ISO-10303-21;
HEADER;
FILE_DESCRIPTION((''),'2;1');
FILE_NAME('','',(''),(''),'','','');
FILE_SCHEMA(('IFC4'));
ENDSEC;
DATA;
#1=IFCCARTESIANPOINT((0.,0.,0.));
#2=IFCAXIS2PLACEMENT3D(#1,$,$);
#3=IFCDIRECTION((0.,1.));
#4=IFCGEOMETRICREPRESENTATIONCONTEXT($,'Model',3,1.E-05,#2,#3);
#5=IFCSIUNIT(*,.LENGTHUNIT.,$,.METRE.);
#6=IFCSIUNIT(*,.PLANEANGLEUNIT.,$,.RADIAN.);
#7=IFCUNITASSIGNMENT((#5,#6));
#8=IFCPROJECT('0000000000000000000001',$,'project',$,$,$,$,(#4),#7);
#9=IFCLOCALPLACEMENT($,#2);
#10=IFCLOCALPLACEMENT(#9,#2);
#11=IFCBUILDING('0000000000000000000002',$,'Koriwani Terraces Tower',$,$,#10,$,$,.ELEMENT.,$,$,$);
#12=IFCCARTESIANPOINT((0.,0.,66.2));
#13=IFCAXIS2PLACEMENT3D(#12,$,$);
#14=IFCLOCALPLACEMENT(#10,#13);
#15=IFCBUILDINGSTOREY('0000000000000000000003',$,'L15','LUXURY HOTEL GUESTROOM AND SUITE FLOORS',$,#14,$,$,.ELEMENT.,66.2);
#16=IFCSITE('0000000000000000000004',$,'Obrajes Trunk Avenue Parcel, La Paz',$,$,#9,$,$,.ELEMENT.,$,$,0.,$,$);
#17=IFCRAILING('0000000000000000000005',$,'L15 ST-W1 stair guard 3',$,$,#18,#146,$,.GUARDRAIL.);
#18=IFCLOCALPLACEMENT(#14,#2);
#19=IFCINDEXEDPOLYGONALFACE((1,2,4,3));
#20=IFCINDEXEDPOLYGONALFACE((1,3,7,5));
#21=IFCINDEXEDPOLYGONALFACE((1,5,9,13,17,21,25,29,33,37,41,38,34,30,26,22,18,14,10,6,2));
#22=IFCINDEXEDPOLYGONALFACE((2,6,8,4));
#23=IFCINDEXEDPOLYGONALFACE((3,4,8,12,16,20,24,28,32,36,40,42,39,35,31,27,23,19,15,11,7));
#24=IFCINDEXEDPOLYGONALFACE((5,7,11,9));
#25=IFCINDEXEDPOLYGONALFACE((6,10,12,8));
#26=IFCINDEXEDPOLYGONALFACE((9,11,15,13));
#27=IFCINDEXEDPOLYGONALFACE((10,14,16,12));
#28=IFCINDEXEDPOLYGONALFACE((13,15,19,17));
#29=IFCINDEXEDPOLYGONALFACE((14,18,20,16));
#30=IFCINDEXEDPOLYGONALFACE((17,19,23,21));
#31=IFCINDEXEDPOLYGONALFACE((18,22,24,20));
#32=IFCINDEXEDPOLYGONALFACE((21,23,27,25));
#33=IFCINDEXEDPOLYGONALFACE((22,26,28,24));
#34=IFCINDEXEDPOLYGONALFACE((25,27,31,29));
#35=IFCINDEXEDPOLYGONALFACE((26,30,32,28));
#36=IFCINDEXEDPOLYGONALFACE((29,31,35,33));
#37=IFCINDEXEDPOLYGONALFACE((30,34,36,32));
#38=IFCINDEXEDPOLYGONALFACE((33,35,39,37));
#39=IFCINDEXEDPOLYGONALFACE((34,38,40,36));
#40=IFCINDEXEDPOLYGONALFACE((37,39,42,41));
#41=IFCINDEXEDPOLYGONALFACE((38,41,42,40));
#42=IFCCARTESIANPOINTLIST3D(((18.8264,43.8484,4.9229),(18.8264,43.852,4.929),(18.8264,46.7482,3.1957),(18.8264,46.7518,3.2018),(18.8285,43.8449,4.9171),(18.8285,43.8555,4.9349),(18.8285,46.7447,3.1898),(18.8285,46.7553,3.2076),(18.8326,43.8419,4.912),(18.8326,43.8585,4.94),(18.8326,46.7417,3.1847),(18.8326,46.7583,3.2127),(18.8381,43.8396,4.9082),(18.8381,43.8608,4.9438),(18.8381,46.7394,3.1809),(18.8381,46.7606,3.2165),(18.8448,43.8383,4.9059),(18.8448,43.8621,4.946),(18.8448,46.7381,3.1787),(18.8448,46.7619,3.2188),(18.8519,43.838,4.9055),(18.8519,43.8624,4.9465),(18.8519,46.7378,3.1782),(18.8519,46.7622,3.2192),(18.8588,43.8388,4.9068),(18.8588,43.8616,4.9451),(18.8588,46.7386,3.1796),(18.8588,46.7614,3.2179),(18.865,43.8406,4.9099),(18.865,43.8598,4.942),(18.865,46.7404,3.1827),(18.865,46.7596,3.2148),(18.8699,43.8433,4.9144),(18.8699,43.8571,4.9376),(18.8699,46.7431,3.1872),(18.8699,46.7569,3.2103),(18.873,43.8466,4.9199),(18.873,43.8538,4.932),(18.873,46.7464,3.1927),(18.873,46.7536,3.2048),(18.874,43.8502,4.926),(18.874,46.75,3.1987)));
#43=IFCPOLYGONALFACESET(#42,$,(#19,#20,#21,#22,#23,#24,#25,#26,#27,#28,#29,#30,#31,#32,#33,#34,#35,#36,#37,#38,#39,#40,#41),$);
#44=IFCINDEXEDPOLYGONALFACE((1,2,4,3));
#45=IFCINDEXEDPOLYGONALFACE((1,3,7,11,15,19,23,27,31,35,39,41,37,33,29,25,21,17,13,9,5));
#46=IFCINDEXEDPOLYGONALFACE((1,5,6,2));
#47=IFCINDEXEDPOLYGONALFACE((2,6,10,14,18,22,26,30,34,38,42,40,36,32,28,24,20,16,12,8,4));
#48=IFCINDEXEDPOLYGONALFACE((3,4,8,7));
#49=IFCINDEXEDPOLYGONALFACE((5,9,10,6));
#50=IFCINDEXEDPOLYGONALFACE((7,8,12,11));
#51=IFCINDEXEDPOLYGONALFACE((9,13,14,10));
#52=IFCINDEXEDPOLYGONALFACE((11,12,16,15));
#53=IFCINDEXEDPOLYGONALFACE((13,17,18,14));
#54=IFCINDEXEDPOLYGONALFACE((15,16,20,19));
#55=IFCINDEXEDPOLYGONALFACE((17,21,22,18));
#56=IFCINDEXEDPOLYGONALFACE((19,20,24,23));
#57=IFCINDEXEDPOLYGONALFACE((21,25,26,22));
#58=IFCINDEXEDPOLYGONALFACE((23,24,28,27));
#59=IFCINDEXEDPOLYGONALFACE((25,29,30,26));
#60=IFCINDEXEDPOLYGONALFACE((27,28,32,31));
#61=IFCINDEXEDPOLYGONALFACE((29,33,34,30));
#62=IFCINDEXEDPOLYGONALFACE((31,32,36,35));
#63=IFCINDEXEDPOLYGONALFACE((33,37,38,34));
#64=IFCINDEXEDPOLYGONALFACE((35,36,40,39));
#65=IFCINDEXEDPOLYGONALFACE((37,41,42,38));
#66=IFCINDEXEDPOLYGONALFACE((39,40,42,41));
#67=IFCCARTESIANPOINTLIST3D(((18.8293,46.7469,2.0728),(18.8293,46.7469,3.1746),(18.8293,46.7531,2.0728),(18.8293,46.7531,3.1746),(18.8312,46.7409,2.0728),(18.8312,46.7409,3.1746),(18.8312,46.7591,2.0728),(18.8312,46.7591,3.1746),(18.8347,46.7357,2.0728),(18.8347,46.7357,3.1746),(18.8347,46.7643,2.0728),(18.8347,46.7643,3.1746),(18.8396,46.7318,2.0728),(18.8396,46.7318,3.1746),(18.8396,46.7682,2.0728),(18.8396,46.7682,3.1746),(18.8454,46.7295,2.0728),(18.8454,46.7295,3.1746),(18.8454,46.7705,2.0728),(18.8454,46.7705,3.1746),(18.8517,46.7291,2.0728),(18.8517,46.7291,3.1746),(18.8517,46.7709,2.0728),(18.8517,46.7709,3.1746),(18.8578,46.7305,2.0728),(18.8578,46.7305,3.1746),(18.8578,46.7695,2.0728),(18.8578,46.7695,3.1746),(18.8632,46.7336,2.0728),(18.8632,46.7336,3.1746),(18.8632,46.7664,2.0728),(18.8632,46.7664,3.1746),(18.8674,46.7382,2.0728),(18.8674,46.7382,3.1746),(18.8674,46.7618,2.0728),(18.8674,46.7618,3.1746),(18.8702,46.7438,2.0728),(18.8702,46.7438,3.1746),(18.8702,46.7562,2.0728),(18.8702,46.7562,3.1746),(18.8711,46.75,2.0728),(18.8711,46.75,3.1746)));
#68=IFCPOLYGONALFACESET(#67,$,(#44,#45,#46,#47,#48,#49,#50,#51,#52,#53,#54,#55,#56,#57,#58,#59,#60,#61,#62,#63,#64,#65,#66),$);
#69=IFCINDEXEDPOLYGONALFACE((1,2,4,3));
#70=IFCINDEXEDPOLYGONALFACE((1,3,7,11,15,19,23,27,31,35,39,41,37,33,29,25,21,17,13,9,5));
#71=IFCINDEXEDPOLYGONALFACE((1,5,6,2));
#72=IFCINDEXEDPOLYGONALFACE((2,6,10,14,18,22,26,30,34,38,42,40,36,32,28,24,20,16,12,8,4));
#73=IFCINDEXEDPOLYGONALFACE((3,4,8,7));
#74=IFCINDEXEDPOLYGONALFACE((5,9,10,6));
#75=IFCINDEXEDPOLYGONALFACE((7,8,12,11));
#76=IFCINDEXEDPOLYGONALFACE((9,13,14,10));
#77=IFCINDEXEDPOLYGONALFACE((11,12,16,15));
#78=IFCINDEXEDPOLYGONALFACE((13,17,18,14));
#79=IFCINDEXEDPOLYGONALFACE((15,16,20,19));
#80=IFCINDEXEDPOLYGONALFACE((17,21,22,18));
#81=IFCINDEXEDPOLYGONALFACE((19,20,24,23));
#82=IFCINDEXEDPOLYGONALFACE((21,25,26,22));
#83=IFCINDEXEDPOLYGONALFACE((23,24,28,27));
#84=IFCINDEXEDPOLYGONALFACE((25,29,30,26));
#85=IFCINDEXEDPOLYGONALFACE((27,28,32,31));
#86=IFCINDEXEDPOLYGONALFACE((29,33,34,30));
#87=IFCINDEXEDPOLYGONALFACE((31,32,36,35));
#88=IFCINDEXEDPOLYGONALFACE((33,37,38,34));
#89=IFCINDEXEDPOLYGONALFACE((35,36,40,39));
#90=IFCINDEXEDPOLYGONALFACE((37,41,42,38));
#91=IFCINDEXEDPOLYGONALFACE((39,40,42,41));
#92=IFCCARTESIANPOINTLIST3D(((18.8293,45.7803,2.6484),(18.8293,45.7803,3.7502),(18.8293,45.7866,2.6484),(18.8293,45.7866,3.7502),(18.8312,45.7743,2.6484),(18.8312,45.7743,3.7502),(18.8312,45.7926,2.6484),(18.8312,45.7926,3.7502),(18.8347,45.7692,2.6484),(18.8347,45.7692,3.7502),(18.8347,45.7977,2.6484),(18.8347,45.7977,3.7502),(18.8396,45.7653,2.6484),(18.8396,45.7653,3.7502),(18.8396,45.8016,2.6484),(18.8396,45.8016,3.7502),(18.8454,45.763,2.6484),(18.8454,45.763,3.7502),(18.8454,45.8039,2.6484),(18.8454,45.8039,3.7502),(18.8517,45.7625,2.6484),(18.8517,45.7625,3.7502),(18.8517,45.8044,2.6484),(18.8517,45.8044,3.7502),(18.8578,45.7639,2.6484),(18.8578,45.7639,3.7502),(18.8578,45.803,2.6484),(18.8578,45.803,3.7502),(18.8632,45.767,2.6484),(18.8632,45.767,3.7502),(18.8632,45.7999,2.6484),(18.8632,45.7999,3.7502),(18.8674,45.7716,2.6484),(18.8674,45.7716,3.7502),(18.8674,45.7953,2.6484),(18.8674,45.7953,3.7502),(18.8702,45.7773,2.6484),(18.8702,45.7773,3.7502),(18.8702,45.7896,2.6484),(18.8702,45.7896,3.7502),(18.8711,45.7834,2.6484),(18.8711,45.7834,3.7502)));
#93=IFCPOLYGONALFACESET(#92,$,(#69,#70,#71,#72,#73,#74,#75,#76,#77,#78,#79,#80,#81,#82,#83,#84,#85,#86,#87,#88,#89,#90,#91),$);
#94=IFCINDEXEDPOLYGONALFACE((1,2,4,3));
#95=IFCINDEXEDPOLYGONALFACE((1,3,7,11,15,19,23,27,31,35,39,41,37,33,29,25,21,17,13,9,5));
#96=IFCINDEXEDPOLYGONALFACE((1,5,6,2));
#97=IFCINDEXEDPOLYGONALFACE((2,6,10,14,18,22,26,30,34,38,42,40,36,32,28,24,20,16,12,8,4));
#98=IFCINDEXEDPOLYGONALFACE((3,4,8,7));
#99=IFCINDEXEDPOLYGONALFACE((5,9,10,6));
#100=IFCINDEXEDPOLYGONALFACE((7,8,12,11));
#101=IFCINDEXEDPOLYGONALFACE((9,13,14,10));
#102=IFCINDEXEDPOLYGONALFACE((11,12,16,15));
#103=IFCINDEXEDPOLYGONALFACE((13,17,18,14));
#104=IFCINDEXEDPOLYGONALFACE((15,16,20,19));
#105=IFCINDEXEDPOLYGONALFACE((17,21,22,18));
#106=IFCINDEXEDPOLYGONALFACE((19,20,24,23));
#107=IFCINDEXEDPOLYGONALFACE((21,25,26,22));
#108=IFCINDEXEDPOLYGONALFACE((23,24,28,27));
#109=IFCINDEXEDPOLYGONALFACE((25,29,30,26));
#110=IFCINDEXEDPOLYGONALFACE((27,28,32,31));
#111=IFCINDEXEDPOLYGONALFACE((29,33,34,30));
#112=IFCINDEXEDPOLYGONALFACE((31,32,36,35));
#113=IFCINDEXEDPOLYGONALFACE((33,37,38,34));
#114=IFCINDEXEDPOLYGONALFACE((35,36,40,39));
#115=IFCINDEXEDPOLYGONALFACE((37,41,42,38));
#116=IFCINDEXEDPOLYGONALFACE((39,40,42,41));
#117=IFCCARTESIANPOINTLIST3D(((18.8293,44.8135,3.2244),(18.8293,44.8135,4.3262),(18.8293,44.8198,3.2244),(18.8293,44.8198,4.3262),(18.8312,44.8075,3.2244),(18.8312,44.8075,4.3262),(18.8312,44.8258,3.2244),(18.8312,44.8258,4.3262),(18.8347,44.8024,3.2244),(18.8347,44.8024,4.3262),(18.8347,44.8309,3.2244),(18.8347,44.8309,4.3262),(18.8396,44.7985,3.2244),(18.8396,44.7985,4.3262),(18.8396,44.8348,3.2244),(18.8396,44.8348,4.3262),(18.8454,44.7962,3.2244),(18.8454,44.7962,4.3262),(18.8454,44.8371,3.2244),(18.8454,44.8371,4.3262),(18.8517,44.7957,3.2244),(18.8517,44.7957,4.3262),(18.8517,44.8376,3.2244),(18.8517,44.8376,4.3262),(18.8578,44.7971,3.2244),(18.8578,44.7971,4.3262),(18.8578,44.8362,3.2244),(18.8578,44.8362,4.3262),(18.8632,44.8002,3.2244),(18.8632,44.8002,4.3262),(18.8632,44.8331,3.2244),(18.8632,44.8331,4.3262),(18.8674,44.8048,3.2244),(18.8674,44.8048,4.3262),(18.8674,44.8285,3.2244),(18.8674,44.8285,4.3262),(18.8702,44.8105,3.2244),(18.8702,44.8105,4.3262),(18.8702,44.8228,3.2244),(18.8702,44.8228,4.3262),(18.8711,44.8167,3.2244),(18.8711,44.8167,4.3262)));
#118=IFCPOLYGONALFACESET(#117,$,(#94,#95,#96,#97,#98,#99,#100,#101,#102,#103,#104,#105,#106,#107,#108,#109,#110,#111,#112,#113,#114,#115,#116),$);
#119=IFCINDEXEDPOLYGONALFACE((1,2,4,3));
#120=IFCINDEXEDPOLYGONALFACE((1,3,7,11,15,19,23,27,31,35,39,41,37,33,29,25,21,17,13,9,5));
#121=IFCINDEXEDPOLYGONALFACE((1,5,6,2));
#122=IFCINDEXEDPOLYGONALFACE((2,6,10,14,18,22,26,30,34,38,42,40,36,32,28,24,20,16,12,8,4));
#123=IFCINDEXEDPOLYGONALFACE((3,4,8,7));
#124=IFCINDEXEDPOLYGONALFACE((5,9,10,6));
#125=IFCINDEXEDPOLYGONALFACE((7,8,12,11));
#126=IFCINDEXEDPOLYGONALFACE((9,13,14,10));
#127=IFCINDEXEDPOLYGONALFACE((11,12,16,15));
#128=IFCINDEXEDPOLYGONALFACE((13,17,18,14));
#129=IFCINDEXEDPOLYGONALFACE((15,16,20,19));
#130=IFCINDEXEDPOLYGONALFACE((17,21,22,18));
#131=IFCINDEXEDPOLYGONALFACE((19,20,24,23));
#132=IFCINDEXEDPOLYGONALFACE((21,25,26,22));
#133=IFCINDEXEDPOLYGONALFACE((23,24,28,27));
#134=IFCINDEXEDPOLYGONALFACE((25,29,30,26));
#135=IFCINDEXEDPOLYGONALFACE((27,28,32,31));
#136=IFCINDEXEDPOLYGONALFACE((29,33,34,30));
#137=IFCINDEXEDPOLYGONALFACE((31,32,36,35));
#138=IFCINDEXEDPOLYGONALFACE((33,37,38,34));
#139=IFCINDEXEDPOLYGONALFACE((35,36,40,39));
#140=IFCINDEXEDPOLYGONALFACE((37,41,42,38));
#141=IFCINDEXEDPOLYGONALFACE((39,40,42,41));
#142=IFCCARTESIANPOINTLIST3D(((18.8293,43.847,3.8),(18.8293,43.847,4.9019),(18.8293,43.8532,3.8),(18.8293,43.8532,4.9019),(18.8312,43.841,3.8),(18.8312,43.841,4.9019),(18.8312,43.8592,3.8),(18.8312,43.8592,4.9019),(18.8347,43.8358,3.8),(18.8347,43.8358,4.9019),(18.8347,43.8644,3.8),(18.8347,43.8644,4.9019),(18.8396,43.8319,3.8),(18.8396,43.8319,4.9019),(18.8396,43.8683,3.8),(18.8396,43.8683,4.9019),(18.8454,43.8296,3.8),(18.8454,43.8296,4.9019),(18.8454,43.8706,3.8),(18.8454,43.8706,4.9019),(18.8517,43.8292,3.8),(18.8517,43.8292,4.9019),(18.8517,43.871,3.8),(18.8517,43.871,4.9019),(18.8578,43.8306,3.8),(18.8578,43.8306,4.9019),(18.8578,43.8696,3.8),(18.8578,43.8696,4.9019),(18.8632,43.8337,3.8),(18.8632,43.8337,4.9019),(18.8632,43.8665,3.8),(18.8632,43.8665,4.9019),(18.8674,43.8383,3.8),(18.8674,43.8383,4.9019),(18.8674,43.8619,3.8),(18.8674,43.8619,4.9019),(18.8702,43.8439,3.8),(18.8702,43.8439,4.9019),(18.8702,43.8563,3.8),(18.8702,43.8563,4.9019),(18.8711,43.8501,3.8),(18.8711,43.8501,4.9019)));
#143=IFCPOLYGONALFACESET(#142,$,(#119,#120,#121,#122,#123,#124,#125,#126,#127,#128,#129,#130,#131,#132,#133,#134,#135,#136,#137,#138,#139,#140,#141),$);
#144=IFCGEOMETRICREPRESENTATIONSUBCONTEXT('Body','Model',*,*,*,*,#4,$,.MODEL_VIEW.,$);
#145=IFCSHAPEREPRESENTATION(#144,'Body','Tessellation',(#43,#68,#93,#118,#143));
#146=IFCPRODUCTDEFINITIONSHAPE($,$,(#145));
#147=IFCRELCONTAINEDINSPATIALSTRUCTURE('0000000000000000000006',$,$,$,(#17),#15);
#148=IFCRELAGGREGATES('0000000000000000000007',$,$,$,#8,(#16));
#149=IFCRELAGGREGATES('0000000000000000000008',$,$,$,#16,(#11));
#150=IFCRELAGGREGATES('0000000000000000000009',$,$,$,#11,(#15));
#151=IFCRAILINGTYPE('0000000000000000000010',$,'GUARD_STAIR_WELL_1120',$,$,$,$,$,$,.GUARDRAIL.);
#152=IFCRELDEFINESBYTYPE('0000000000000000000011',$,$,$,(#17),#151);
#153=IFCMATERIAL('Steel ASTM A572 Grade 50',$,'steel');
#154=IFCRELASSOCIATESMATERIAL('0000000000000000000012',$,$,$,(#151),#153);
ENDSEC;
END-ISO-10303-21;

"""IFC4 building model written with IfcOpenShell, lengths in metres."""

from ifc_helpers import new_model, si_unit, direction, frame, origin, origin_2d, place, context, subcontext, project, spatial, circle, extrude, material, type_object, element, save


model = new_model("IFC4")

# Units and contexts
model_context = context("Model", 3, precision=1e-05, world=origin(), true_north=direction((0.0, 1.0)))
body_context = subcontext(model_context, "Body", "Model", "MODEL_VIEW")
ifc_project = project(units=[si_unit("LENGTHUNIT", "METRE"), si_unit("PLANEANGLEUNIT", "RADIAN")], contexts=[model_context])

# Site, building, storey
site_placement = place(None, origin())
site = spatial("IfcSite", under=ifc_project, at=site_placement, Name="Obrajes Trunk Avenue Parcel, La Paz", CompositionType="ELEMENT", RefElevation=0.0)
building_placement = place(site_placement, origin())
building = spatial("IfcBuilding", under=site, at=building_placement, Name="Koriwani Terraces Tower", CompositionType="ELEMENT")
storey_placement = place(building_placement, frame((0.0, 0.0, 66.2)))
storey = spatial("IfcBuildingStorey", under=building, at=storey_placement, Name="L15", Description="LUXURY HOTEL GUESTROOM AND SUITE FLOORS", CompositionType="ELEMENT", Elevation=66.2)

# Shared definitions
ifc_material_1 = material(Name="Steel ASTM A572 Grade 50", Category="steel")

# Railing
railing_type_1 = type_object("IfcRailingType", Name="GUARD_STAIR_WELL_1120", PredefinedType="GUARDRAIL", material=ifc_material_1)
for number, where, name in (
    (1, (18.8501, 46.75, 2.0728), "L15 ST-W1 stair guard 3"),
):
    element("IfcRailing", number, at=place(storey_placement, frame(where)), inside=storey, type_object=railing_type_1, Name=name, PredefinedType="GUARDRAIL", context=body_context, shape_type="SweptSolid", body=[
        extrude(circle(Radius=0.0239, at=origin_2d()), frame((0.0, 0.0, 1.126), z_axis=(0.0, -0.859141, 0.511738), x_axis=(1.0, 0.0, 0.0)), (0.0, 0.0, 1.0), 3.3752),
        extrude(circle(Radius=0.021, at=origin_2d()), origin(), (0.0, 0.0, 1.0), 1.1018),
        extrude(circle(Radius=0.021, at=origin_2d()), frame((0.0, -0.9666, 0.5757)), (0.0, 0.0, 1.0), 1.1018),
        extrude(circle(Radius=0.021, at=origin_2d()), frame((0.0, -1.9333, 1.1516)), (0.0, 0.0, 1.0), 1.1018),
        extrude(circle(Radius=0.021, at=origin_2d()), frame((0.0, -2.8999, 1.7273)), (0.0, 0.0, 1.0), 1.1018),
    ])

save(model, "model.ifc")
